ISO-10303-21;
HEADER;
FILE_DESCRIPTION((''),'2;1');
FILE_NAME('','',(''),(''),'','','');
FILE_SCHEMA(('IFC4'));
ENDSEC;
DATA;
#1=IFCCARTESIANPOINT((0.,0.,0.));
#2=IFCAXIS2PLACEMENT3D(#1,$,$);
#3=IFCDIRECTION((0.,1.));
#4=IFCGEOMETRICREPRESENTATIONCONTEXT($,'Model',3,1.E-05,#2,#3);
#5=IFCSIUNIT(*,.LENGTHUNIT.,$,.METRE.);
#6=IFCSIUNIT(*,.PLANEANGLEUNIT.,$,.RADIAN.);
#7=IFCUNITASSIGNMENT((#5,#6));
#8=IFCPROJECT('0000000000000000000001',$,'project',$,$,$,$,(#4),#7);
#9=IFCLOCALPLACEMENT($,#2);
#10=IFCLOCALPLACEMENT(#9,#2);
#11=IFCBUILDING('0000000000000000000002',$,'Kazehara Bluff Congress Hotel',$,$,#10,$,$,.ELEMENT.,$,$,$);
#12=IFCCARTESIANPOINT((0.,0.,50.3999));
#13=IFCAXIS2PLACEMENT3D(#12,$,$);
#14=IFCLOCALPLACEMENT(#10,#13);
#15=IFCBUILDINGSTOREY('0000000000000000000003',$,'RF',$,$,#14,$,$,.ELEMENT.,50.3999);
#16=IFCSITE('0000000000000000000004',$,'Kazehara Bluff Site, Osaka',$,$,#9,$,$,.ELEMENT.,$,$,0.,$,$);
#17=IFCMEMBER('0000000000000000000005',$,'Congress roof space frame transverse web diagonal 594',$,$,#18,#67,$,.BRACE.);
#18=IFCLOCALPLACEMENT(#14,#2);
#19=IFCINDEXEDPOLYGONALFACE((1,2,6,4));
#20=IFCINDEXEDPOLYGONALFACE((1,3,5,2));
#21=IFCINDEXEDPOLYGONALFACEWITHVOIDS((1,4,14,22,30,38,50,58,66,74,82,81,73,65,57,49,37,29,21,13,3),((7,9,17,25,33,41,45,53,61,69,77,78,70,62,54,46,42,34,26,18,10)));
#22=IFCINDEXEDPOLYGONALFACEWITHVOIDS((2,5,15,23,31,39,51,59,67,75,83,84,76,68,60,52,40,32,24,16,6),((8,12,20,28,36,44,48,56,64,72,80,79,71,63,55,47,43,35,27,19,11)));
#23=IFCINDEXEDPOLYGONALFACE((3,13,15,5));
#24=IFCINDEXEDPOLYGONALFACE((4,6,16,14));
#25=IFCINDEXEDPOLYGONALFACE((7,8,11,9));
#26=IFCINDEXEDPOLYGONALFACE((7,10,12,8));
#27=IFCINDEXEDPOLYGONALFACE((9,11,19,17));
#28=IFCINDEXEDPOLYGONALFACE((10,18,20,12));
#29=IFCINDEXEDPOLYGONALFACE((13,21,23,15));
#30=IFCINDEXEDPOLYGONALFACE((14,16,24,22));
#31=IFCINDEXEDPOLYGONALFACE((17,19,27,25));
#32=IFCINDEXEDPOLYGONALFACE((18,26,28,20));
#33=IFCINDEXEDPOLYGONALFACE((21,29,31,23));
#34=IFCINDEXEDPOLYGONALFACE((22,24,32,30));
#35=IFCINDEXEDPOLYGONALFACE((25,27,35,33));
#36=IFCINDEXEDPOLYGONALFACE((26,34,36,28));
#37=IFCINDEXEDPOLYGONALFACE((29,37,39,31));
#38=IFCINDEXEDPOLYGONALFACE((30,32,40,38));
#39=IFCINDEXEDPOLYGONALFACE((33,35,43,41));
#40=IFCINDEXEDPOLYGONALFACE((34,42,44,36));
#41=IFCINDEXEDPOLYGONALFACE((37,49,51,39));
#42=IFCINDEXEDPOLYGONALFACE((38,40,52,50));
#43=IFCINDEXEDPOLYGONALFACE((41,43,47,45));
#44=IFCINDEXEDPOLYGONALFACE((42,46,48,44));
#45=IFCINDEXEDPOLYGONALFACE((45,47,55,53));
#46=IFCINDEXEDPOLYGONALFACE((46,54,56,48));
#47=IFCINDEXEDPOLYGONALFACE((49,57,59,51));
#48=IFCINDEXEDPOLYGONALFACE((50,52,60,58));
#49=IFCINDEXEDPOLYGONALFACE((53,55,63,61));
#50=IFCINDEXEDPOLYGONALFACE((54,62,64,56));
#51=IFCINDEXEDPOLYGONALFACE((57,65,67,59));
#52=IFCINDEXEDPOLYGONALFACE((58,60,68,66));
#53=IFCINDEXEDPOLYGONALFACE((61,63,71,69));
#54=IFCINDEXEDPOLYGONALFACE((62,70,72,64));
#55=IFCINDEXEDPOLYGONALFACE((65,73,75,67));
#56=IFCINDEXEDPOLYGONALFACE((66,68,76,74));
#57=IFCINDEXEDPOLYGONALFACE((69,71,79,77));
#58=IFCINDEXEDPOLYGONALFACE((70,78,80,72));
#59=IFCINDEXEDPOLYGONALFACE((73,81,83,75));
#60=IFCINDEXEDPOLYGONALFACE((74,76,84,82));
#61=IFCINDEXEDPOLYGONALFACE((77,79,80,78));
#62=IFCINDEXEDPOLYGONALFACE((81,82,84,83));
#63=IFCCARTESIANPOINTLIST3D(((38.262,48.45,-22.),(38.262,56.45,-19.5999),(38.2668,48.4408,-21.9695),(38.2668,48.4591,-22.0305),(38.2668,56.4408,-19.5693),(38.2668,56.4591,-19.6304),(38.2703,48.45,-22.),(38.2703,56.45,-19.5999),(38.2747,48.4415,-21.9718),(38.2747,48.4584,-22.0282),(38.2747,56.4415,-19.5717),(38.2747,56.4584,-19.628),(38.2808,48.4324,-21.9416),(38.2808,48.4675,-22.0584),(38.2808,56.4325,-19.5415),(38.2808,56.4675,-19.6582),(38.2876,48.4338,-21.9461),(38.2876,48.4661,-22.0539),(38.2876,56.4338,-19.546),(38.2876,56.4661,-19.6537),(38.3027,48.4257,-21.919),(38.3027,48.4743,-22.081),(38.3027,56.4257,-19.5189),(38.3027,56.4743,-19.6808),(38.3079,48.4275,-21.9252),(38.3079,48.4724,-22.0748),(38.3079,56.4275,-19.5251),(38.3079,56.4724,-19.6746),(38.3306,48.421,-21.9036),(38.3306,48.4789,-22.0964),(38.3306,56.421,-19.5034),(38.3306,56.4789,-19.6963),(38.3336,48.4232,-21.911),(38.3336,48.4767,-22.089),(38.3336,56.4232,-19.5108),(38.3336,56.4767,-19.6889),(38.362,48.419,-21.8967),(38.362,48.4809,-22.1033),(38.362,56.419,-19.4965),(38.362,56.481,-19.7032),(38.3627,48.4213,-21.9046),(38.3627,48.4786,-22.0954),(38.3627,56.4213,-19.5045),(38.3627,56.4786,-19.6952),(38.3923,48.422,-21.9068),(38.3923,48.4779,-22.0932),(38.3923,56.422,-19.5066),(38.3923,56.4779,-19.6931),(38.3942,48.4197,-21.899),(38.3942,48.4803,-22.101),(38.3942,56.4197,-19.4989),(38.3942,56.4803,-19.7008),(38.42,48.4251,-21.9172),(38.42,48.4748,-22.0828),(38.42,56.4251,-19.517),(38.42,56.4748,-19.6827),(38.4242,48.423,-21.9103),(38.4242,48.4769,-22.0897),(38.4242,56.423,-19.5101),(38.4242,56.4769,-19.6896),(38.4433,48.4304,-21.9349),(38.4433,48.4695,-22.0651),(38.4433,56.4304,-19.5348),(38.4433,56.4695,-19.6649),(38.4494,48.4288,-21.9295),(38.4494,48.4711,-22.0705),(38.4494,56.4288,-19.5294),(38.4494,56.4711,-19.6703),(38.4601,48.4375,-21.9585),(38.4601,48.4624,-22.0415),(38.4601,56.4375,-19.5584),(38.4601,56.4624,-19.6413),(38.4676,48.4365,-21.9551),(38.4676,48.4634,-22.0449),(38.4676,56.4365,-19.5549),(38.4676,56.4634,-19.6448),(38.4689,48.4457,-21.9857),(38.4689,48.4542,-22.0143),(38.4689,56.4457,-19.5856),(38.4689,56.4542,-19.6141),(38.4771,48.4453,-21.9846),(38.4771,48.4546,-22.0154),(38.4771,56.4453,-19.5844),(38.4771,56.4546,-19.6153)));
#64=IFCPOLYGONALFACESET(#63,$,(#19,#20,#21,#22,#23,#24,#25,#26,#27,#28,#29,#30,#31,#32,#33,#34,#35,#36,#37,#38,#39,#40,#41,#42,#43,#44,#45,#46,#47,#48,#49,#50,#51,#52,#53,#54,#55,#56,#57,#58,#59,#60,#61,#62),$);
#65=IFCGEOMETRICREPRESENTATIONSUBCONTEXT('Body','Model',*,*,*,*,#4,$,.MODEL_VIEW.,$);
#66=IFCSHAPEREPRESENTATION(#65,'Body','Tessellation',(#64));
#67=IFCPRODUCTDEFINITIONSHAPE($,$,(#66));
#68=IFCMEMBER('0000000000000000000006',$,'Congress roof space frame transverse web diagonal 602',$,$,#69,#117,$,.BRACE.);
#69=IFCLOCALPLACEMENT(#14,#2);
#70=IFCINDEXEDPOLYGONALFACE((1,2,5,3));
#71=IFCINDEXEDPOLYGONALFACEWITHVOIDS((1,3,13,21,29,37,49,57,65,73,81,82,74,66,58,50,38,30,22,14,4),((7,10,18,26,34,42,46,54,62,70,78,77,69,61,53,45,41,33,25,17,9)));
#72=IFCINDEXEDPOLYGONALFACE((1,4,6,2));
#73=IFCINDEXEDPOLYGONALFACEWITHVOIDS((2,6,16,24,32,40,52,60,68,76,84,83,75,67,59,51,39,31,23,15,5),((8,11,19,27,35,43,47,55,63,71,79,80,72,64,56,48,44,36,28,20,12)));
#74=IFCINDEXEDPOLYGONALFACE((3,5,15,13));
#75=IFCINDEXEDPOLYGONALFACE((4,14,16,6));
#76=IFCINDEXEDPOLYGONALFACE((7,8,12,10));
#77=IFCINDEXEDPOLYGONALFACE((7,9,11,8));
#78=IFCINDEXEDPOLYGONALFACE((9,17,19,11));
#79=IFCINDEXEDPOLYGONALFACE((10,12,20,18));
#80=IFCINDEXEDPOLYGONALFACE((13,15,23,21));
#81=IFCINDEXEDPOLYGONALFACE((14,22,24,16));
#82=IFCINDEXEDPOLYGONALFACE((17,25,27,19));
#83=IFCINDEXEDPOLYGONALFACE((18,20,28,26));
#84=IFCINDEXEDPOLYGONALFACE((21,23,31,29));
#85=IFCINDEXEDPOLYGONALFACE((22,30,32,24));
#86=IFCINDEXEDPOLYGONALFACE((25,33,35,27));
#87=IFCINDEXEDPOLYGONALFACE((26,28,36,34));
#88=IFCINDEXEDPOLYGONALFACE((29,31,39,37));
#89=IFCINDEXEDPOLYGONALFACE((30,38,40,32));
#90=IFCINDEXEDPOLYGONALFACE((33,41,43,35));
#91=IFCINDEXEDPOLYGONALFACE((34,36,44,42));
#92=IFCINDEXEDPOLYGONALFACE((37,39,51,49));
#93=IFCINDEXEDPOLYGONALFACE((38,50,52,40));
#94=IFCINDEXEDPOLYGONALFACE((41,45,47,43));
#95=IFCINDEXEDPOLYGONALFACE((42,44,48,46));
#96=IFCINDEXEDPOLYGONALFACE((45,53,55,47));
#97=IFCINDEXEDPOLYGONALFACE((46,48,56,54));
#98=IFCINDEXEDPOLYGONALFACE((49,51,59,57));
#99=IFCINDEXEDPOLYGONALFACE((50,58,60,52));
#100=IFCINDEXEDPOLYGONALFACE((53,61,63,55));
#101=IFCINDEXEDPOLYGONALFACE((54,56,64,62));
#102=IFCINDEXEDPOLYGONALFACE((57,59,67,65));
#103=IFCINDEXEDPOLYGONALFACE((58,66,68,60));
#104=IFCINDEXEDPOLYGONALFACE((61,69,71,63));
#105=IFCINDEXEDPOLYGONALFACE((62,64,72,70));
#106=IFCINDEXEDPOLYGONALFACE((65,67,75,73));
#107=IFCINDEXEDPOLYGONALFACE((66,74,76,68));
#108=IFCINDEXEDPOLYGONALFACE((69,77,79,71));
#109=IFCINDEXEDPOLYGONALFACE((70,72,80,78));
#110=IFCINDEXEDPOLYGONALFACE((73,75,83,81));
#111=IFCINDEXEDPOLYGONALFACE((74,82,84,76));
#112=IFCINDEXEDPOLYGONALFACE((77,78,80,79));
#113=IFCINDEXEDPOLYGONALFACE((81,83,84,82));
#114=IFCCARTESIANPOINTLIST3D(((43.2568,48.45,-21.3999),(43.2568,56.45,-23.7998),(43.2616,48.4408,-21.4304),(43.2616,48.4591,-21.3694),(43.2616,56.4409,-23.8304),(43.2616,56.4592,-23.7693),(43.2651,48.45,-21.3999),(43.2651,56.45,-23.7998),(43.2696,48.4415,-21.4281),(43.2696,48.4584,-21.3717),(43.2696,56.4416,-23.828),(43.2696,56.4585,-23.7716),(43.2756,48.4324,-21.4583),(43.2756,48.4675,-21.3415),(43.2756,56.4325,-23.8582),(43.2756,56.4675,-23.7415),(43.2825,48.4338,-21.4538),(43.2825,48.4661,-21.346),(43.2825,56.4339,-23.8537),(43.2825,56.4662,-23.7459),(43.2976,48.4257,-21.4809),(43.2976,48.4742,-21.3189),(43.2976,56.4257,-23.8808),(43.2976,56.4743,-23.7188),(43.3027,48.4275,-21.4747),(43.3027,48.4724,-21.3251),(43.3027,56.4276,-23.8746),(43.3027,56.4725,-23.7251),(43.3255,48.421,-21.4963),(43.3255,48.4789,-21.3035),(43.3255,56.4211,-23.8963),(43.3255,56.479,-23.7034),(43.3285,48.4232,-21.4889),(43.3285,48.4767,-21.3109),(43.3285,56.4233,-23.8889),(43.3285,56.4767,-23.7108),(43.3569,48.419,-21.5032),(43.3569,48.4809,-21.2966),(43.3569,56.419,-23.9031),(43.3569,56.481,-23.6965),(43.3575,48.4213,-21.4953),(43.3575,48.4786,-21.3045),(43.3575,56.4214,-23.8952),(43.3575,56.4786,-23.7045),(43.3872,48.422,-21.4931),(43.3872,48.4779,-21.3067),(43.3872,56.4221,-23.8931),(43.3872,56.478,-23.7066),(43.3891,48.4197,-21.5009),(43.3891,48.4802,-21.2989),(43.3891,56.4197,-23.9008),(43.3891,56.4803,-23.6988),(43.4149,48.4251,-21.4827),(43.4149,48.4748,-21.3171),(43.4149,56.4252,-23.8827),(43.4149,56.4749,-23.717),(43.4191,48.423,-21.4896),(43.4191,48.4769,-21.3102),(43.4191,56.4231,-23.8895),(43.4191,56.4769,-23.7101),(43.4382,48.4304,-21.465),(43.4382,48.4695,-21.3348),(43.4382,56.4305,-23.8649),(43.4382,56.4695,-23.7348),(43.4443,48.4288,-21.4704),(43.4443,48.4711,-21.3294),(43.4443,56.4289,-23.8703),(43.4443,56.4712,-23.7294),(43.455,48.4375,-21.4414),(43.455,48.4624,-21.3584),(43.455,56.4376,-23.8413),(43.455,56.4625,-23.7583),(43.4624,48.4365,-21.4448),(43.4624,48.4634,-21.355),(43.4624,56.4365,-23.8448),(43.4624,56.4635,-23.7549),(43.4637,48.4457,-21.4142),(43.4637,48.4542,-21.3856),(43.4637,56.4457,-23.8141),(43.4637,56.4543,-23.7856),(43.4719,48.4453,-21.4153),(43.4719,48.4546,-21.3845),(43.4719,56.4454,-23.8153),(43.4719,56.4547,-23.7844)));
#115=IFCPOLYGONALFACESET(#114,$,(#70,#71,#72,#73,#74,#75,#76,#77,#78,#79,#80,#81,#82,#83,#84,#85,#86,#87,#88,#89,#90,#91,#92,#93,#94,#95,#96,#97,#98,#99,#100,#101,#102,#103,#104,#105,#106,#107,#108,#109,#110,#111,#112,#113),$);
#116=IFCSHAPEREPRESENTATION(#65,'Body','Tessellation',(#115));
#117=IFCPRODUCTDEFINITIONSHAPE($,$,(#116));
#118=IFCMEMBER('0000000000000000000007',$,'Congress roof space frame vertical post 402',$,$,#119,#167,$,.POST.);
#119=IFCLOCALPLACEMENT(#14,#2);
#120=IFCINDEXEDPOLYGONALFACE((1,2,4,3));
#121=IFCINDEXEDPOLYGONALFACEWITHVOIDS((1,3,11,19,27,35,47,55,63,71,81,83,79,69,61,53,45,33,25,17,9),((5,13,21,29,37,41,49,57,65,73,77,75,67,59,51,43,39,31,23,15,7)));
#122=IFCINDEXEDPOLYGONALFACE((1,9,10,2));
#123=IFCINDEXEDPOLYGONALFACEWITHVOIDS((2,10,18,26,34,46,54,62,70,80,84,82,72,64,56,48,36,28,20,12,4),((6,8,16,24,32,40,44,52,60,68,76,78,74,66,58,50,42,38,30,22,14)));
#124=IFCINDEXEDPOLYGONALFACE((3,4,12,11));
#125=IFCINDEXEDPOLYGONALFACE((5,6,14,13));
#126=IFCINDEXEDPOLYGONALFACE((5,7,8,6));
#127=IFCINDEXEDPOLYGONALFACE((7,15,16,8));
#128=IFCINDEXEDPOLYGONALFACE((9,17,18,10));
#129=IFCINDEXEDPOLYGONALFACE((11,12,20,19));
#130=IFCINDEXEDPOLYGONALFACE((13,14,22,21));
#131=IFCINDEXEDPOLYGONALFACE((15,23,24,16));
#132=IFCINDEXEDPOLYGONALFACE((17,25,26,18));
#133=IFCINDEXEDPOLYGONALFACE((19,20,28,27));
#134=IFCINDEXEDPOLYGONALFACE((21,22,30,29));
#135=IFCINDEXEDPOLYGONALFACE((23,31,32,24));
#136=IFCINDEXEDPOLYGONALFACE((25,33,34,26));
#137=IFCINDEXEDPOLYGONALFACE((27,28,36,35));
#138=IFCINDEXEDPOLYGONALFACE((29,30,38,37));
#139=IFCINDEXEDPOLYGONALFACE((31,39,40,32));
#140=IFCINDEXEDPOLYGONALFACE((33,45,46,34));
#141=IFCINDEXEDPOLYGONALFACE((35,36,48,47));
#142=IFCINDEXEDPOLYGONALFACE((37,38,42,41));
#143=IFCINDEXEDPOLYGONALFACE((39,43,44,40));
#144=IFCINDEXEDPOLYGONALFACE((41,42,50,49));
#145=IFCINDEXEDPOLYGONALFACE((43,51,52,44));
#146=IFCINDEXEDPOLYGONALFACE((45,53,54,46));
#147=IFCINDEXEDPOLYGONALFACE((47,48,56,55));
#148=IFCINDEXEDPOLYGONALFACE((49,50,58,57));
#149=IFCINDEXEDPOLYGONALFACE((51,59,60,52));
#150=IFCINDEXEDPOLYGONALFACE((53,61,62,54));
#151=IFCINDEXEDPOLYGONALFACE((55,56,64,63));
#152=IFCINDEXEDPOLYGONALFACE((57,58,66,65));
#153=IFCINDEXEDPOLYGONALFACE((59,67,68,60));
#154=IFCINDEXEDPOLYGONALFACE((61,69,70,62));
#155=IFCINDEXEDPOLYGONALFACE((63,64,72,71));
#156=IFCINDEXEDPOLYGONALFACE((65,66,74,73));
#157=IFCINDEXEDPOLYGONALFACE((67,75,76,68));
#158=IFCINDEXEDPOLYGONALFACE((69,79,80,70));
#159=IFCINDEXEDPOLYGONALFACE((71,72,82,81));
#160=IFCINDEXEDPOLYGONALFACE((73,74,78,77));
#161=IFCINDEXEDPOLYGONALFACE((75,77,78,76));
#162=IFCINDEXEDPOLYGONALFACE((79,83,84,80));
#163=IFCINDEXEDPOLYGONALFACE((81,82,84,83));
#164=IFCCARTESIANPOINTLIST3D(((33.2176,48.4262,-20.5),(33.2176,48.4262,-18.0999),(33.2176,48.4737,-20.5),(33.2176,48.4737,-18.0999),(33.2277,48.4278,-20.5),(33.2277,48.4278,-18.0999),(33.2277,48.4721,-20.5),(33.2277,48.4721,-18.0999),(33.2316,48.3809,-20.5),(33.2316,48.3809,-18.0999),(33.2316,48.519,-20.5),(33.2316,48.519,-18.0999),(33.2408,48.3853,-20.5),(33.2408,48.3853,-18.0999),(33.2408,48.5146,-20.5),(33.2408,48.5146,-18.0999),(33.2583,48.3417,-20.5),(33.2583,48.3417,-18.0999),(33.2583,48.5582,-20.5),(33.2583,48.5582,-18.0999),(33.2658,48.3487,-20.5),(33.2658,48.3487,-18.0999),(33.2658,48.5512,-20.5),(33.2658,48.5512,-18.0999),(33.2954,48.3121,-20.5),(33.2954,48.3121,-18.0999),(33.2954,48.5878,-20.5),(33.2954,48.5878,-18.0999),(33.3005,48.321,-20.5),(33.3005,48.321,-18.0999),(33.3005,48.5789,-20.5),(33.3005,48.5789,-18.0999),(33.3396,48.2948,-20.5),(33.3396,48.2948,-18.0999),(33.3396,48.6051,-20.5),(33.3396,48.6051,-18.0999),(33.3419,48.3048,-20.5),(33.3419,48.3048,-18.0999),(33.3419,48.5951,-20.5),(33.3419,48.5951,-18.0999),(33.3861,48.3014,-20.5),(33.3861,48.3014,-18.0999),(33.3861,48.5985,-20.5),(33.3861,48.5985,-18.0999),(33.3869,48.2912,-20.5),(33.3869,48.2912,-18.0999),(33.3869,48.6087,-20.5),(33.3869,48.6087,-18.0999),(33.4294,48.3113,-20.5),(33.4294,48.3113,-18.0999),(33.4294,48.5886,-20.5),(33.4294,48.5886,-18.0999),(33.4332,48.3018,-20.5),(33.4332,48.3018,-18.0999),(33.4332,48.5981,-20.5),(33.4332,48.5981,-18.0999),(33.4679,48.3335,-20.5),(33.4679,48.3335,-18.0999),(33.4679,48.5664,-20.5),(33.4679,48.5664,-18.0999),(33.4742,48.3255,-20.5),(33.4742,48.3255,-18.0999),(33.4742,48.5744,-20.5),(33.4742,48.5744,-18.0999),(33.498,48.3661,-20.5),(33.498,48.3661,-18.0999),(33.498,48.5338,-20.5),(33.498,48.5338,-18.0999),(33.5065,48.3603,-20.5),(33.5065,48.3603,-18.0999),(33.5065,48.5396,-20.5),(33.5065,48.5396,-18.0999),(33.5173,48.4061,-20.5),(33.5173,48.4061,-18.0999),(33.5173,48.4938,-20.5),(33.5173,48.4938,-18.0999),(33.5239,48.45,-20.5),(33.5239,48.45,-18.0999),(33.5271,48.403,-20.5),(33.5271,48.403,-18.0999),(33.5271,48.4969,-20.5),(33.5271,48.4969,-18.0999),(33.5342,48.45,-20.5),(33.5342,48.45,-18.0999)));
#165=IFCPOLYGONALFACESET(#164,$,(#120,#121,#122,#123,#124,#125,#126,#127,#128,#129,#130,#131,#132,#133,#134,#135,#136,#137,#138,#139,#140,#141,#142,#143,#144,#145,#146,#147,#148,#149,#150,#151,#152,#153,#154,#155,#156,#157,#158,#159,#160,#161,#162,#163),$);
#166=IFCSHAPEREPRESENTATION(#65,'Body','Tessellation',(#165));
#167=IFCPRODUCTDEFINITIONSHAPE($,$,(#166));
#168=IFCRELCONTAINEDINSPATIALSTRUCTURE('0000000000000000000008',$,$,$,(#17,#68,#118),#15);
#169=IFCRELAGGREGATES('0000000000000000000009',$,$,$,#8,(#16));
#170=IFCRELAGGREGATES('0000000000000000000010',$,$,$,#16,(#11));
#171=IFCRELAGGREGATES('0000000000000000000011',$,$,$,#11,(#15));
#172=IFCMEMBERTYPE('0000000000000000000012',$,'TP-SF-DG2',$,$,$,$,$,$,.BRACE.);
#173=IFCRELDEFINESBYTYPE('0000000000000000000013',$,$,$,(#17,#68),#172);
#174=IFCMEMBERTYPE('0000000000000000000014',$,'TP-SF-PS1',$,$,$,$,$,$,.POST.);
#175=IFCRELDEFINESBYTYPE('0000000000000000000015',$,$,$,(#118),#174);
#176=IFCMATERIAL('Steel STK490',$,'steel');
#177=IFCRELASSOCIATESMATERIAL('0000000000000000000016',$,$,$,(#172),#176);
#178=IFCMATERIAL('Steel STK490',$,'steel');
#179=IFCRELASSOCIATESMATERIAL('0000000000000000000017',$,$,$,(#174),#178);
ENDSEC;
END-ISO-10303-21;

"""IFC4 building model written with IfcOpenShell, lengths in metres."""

from ifc_helpers import new_model, si_unit, direction, frame, origin, origin_2d, place, context, subcontext, project, spatial, hollow_circle, extrude, material, material_profile, profile_set, type_object, element, save


model = new_model("IFC4")

# Units and contexts
model_context = context("Model", 3, precision=1e-05, world=origin(), true_north=direction((0.0, 1.0)))
body_context = subcontext(model_context, "Body", "Model", "MODEL_VIEW")
ifc_project = project(units=[si_unit("LENGTHUNIT", "METRE"), si_unit("PLANEANGLEUNIT", "RADIAN")], contexts=[model_context])

# Site, building, storey
site_placement = place(None, origin())
site = spatial("IfcSite", under=ifc_project, at=site_placement, Name="Kazehara Bluff Site, Osaka", CompositionType="ELEMENT", RefElevation=0.0)
building_placement = place(site_placement, origin())
building = spatial("IfcBuilding", under=site, at=building_placement, Name="Kazehara Bluff Congress Hotel", CompositionType="ELEMENT")
storey_placement = place(building_placement, frame((0.0, 0.0, 50.3999)))
storey = spatial("IfcBuildingStorey", under=building, at=storey_placement, Name="RF", CompositionType="ELEMENT", Elevation=50.3999)

# Members
ifc_material_1 = material(Name="Steel STK490", Category="steel")
ifc_material_profile_1 = material_profile(ifc_material_1, hollow_circle(Radius=0.1082, WallThickness=0.0083, at=origin_2d()))
ifc_profile_set_1 = profile_set([ifc_material_profile_1], Name="Steel STK490")
member_type_1 = type_object("IfcMemberType", Name="TP-SF-DG2", PredefinedType="BRACE", material=ifc_profile_set_1)
for number, where, z_axis, x_axis, name in (
    (1, (38.3701, 48.45, -22.0), (0.0, 0.957821, 0.287364), (-1.0, 0.0, 0.0), "Congress roof space frame transverse web diagonal 594"),
    (2, (43.365, 48.45, -21.3999), (0.0, 0.95783, -0.287337), (-1.0, 0.0, 0.0), "Congress roof space frame transverse web diagonal 602"),
):
    element("IfcMember", number, at=place(storey_placement, frame(where, z_axis=z_axis, x_axis=x_axis)), inside=storey, type_object=member_type_1, Name=name, PredefinedType="BRACE", context=body_context, shape_type="SweptSolid", body=[
        extrude(hollow_circle(Radius=0.1082, WallThickness=0.0083, at=origin_2d()), origin(), (0.0, 0.0, 1.0), 8.3523),
    ])
ifc_material_2 = material(Name="Steel STK490", Category="steel")
ifc_material_profile_2 = material_profile(ifc_material_2, hollow_circle(Radius=0.1592, WallThickness=0.0103, at=origin_2d()))
ifc_profile_set_2 = profile_set([ifc_material_profile_2], Name="Steel STK490")
member_type_2 = type_object("IfcMemberType", Name="TP-SF-PS1", PredefinedType="POST", material=ifc_profile_set_2)
for number, where, z_axis, x_axis, name in (
    (3, (33.375, 48.45, -20.5), (0.0, 0.0, 1.0), (1.0, 0.0, 0.0), "Congress roof space frame vertical post 402"),
):
    element("IfcMember", number, at=place(storey_placement, frame(where, z_axis=z_axis, x_axis=x_axis)), inside=storey, type_object=member_type_2, Name=name, PredefinedType="POST", context=body_context, shape_type="SweptSolid", body=[
        extrude(hollow_circle(Radius=0.1592, WallThickness=0.0103, at=origin_2d()), origin(), (0.0, 0.0, 1.0), 2.4001),
    ])

save(model, "model.ifc")
